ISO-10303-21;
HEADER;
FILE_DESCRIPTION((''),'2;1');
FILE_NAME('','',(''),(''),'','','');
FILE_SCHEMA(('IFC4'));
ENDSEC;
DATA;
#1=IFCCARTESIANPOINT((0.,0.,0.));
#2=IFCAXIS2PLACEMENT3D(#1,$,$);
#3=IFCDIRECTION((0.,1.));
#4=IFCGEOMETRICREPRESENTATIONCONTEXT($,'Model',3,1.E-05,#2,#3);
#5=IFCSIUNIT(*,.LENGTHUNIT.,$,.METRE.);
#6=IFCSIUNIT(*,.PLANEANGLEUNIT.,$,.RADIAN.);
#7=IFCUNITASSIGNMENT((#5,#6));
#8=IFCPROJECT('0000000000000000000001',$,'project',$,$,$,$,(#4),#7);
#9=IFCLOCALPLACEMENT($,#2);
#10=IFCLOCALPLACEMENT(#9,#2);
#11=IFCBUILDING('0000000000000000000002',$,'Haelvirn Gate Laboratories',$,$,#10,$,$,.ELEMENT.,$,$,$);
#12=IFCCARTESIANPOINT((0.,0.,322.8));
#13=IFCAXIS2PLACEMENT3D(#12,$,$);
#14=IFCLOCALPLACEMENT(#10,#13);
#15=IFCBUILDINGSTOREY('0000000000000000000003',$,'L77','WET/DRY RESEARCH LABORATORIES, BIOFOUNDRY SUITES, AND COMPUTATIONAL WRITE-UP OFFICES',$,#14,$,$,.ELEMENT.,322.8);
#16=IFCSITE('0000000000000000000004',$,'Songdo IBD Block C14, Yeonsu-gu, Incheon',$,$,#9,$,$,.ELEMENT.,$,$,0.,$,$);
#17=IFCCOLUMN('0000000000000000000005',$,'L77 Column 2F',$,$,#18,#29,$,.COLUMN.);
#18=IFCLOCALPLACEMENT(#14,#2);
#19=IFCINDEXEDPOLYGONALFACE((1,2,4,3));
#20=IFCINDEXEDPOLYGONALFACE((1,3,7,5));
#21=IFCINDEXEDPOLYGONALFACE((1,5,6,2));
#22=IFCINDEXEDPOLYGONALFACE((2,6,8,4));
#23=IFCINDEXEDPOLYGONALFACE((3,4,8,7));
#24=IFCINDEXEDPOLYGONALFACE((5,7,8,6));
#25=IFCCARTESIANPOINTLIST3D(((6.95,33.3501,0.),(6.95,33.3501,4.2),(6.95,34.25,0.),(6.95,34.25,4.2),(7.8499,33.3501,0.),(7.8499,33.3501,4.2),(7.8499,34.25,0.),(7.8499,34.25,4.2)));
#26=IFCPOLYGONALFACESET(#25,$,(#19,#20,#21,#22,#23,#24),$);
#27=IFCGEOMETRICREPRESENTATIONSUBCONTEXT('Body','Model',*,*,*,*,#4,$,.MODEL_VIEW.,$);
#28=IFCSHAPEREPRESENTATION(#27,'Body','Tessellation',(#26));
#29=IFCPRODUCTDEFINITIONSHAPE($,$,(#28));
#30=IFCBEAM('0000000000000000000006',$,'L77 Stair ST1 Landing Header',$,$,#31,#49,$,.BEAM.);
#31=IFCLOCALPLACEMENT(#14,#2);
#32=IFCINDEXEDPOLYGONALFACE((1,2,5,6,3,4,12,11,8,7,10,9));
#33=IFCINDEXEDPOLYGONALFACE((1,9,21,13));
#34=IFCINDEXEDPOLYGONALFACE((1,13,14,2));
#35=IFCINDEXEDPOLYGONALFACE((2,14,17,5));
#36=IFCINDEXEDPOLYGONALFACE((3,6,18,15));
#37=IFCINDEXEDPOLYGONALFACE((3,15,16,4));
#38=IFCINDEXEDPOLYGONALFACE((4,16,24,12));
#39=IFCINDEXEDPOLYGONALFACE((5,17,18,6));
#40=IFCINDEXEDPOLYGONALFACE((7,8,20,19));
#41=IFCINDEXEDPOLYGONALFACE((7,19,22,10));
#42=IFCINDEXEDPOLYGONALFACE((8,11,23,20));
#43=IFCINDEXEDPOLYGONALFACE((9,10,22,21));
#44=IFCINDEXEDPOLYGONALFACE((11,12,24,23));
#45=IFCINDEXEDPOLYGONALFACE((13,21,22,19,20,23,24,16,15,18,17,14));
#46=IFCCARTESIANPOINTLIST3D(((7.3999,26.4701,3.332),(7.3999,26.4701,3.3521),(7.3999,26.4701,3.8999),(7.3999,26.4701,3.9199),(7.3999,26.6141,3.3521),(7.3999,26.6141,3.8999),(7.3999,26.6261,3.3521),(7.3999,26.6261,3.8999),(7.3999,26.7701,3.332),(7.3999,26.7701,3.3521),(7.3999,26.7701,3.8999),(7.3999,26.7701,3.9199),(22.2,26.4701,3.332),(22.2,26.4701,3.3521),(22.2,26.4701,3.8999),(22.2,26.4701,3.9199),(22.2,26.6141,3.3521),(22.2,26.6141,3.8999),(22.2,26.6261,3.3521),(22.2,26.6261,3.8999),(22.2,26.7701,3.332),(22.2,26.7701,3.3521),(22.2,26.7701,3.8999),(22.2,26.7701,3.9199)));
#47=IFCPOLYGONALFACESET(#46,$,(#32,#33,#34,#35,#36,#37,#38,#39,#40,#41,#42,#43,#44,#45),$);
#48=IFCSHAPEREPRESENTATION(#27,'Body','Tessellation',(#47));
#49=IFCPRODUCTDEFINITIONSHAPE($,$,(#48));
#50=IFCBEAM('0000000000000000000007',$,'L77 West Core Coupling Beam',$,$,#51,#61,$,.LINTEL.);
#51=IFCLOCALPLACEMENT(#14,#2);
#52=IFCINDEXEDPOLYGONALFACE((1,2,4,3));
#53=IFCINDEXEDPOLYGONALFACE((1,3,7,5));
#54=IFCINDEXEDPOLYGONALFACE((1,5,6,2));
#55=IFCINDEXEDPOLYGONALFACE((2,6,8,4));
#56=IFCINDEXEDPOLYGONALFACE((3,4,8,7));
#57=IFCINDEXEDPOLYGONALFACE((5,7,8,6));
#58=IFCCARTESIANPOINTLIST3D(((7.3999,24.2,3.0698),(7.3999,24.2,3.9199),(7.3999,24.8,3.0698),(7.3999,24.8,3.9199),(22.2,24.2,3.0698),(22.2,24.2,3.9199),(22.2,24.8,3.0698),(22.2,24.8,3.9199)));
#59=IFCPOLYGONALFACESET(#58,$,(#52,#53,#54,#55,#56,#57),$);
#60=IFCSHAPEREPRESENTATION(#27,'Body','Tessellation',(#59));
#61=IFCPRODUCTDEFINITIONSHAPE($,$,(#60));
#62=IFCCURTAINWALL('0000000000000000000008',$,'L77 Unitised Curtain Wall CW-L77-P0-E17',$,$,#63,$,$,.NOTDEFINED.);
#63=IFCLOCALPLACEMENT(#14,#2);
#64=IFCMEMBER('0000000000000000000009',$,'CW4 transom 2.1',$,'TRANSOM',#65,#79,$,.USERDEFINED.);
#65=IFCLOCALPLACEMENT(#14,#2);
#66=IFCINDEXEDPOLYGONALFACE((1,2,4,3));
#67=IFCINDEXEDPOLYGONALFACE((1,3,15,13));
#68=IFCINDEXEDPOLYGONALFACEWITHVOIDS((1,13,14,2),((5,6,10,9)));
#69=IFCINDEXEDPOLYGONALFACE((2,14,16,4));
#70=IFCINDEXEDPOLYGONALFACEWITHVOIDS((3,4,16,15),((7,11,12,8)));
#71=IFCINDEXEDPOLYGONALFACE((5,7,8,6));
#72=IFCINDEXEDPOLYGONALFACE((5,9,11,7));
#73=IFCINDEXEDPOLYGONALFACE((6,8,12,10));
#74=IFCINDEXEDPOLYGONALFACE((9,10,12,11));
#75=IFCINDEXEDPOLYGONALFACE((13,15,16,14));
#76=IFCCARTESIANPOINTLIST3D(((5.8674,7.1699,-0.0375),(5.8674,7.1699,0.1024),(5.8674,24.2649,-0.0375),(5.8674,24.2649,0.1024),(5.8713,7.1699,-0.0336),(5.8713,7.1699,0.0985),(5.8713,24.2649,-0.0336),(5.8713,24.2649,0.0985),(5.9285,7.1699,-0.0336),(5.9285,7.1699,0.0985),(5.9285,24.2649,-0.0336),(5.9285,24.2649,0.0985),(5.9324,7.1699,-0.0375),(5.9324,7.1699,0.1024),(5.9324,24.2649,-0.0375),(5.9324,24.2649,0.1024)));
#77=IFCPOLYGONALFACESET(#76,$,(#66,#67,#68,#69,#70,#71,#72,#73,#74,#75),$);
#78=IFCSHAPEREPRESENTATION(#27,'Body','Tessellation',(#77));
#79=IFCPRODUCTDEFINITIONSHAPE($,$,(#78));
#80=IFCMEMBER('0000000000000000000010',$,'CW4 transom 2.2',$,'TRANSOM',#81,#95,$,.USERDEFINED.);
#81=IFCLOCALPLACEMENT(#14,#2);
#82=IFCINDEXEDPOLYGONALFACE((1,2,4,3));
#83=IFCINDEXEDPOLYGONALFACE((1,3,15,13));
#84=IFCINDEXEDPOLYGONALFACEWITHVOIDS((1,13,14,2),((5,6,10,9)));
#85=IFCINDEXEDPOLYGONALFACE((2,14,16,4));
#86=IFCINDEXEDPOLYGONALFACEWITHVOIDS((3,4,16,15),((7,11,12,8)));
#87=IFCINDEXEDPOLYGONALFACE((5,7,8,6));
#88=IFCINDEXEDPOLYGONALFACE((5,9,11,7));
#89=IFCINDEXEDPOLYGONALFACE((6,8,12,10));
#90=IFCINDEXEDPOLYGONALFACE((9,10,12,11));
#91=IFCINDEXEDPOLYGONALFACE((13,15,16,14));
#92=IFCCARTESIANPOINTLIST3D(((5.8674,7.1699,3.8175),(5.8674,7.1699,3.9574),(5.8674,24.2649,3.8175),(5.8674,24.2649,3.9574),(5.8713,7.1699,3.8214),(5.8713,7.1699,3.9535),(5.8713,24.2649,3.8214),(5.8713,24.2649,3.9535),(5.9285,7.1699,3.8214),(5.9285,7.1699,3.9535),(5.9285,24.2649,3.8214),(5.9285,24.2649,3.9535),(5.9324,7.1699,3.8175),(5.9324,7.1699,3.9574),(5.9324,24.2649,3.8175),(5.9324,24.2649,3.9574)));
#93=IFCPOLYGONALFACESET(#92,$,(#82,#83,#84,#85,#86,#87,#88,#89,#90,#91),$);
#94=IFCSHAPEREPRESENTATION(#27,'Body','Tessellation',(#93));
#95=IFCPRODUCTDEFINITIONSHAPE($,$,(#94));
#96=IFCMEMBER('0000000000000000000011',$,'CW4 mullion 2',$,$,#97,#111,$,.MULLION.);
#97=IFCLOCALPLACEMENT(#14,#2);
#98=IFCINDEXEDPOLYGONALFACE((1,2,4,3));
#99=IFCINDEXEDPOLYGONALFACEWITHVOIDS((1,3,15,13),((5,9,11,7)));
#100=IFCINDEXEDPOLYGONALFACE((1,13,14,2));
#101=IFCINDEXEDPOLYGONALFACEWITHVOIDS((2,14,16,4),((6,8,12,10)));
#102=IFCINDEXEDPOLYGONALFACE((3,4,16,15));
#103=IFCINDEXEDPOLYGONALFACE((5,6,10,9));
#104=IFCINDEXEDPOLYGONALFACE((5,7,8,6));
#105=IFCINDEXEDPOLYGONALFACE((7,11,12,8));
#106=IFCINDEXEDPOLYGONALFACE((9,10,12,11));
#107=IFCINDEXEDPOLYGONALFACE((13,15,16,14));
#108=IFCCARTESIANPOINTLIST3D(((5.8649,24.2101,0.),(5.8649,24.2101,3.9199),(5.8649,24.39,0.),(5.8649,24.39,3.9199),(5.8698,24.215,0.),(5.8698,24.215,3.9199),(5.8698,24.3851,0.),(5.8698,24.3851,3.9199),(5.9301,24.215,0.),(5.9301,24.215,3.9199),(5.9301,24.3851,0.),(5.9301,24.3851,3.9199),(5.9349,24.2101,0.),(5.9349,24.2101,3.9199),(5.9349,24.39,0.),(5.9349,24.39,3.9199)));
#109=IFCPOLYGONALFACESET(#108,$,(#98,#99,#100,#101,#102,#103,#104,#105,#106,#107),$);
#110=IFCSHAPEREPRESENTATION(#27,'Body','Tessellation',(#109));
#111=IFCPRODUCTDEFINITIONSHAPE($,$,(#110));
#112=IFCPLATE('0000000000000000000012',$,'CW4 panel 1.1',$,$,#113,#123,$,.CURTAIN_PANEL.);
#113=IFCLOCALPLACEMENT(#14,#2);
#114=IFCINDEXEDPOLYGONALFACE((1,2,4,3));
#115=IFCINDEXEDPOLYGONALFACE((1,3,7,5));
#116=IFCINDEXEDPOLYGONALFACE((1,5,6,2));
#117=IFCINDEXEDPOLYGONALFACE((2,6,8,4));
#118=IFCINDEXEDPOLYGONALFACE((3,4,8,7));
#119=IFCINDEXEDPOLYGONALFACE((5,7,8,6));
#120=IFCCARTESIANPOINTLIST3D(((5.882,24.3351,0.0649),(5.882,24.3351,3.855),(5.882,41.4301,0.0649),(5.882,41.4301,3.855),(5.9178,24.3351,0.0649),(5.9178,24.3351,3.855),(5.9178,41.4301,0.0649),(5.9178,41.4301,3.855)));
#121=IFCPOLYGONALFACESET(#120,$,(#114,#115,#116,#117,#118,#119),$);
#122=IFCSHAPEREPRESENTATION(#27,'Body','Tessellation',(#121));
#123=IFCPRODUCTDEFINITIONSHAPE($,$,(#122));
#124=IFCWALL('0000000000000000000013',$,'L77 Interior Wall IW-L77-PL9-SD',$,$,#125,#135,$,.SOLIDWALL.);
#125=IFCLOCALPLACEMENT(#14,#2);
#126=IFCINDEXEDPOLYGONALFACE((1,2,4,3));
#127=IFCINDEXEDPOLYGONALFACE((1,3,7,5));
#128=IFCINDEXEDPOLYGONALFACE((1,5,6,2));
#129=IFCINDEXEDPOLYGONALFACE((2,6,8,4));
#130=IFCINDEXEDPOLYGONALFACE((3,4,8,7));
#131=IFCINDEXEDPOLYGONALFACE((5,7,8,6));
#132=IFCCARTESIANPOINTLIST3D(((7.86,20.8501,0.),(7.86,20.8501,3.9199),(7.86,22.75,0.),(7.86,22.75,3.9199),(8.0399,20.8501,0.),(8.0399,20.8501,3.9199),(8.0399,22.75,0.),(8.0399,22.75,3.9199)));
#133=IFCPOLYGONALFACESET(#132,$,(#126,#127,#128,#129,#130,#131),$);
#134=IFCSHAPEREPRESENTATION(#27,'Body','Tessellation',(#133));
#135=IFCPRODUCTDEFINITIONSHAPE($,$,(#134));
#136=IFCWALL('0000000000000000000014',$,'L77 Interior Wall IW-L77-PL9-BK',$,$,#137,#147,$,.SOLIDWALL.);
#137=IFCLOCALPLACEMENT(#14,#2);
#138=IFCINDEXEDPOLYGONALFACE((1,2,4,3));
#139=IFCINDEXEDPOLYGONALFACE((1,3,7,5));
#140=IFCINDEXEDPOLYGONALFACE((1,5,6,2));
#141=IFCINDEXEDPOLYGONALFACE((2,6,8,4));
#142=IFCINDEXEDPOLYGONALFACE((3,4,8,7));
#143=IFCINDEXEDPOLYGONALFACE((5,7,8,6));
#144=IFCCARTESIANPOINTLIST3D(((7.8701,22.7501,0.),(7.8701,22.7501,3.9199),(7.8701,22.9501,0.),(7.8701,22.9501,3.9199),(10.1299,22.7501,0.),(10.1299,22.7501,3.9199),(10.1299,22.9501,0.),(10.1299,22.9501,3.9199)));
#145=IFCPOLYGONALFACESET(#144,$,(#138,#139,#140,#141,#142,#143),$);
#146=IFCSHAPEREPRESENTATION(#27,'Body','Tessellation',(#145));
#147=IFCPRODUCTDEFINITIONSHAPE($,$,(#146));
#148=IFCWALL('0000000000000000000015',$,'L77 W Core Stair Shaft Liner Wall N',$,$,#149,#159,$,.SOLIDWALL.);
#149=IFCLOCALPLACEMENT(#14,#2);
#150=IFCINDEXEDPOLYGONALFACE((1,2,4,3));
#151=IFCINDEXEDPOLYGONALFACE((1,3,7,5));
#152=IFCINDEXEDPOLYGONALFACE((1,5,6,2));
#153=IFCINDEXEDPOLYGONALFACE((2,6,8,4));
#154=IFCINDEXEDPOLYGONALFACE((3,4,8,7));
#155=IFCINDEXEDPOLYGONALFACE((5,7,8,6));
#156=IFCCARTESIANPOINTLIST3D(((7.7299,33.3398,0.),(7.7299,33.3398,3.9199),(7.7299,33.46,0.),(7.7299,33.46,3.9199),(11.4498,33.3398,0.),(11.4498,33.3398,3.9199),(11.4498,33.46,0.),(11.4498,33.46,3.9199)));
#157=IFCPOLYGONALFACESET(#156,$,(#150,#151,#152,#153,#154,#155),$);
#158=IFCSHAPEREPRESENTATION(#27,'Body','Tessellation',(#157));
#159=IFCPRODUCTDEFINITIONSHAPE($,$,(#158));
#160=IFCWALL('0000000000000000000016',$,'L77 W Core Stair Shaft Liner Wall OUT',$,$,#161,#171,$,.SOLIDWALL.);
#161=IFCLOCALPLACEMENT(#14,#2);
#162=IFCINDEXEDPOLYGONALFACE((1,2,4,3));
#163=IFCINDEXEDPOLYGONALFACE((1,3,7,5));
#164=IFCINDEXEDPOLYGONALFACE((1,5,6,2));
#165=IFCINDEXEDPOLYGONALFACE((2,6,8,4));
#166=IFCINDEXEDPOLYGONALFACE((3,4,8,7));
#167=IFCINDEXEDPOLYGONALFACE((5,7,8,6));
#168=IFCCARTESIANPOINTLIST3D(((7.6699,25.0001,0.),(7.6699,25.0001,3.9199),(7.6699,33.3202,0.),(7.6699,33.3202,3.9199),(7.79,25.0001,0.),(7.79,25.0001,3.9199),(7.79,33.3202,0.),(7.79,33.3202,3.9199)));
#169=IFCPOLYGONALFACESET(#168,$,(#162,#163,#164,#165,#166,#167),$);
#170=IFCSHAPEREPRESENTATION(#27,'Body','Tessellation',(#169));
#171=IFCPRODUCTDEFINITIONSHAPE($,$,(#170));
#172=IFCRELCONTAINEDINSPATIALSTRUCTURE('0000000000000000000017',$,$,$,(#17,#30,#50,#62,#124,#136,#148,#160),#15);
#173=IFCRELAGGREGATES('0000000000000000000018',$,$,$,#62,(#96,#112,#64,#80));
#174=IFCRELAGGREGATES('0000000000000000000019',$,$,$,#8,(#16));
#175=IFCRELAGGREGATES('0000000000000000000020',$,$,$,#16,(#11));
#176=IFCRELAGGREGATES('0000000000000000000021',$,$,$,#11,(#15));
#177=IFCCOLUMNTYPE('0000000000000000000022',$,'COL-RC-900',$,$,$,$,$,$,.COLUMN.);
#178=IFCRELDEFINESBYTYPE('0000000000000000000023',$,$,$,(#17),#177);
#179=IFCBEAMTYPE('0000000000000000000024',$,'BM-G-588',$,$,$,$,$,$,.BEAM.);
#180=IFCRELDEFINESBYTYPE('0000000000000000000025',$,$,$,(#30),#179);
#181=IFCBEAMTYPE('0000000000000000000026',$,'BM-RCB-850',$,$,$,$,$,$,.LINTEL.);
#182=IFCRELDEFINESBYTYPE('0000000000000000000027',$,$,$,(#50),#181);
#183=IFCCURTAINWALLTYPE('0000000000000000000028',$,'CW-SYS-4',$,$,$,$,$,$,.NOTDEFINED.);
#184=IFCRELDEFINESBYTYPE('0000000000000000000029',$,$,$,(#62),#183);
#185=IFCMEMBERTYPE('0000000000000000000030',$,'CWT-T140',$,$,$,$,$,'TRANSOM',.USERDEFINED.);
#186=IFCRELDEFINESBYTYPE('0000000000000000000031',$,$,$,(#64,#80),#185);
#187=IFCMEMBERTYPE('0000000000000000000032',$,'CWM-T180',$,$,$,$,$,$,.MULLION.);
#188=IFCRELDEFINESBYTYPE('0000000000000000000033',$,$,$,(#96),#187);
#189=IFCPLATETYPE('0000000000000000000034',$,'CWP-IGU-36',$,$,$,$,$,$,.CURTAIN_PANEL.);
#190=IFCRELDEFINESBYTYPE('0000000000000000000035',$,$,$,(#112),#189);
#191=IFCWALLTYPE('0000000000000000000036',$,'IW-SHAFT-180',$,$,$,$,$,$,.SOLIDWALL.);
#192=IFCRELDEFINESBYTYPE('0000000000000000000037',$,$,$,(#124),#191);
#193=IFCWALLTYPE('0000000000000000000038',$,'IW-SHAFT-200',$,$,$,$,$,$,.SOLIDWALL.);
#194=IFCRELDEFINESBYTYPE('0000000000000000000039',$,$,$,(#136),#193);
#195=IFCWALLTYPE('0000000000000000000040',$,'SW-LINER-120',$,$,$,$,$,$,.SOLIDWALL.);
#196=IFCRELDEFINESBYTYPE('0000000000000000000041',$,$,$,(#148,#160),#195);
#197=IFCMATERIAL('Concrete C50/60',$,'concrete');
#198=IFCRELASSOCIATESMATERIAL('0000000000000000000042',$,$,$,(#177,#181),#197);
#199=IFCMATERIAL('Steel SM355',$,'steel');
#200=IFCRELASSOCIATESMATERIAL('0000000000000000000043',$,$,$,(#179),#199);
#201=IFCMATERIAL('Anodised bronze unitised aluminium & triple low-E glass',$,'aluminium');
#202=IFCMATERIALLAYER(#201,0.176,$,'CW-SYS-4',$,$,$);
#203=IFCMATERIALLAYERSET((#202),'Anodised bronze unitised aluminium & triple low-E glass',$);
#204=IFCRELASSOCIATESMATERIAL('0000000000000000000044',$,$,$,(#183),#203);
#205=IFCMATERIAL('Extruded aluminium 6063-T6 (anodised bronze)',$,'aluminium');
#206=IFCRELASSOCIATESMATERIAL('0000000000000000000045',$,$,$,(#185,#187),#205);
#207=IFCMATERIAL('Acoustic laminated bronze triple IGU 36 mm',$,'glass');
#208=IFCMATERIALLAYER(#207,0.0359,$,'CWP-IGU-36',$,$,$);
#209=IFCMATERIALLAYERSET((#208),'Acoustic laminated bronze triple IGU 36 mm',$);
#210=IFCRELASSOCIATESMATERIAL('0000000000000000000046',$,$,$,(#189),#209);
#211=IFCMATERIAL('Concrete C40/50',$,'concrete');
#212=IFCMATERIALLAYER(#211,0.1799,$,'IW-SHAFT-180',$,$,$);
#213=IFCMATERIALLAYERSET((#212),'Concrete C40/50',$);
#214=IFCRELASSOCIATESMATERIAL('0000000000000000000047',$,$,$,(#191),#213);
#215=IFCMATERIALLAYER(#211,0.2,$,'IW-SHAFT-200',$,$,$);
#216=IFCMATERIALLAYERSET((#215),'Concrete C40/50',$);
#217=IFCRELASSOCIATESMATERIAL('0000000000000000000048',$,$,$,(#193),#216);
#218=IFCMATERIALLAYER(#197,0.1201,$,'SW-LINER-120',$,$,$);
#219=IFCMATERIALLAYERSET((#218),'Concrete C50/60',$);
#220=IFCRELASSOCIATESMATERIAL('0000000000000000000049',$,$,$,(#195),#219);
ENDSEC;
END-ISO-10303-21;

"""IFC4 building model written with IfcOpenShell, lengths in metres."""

from ifc_helpers import new_model, si_unit, direction, frame, frame_2d, origin, origin_2d, place, context, subcontext, project, spatial, rectangle, hollow_rectangle, i_section, extrude, source, transform, mapped, material, layer, layer_set, material_profile, profile_set, type_object, type_shapes, element, aggregate, save


model = new_model("IFC4")

# Units and contexts
model_context = context("Model", 3, precision=1e-05, world=origin(), true_north=direction((0.0, 1.0)))
body_context = subcontext(model_context, "Body", "Model", "MODEL_VIEW")
ifc_project = project(units=[si_unit("LENGTHUNIT", "METRE"), si_unit("PLANEANGLEUNIT", "RADIAN")], contexts=[model_context])

# Site, building, storey
site_placement = place(None, origin())
site = spatial("IfcSite", under=ifc_project, at=site_placement, Name="Songdo IBD Block C14, Yeonsu-gu, Incheon", CompositionType="ELEMENT", RefElevation=0.0)
building_placement = place(site_placement, origin())
building = spatial("IfcBuilding", under=site, at=building_placement, Name="Haelvirn Gate Laboratories", CompositionType="ELEMENT")
storey_placement = place(building_placement, frame((0.0, 0.0, 322.8)))
storey = spatial("IfcBuildingStorey", under=building, at=storey_placement, Name="L77", Description="WET/DRY RESEARCH LABORATORIES, BIOFOUNDRY SUITES, AND COMPUTATIONAL WRITE-UP OFFICES", CompositionType="ELEMENT", Elevation=322.8)

# Column
ifc_material_1 = material(Name="Concrete C50/60", Category="concrete")
ifc_material_profile_1 = material_profile(ifc_material_1, rectangle(XDim=0.8999, YDim=0.8999, at=origin_2d()), Name="RC-900x900")
ifc_profile_set_1 = profile_set([ifc_material_profile_1], Name="Concrete C50/60")
column_type = type_object("IfcColumnType", Name="COL-RC-900", PredefinedType="COLUMN", material=ifc_profile_set_1)
shared_shape_1 = source(origin(), body_context, "Body", "SweptSolid", [
    extrude(rectangle(XDim=0.8999, YDim=0.8999, at=origin_2d()), origin(), (0.0, 0.0, 1.0), 4.2),
])
type_shapes(column_type, [shared_shape_1])
column_placement = place(storey_placement, frame((7.3999, 33.8, 0.0), z_axis=(0.0, 0.0, 1.0), x_axis=(1.0, 0.0, 0.0)))
element("IfcColumn", 1, at=column_placement, inside=storey, type_object=column_type, Name="L77 Column 2F", PredefinedType="COLUMN", context=body_context, shape_type="MappedRepresentation", body=[
    mapped(shared_shape_1, transform((0.0, 0.0, 0.0), scale=1.0)),
])

# Beams
ifc_material_2 = material(Name="Steel SM355", Category="steel")
ifc_material_profile_2 = material_profile(ifc_material_2, i_section(OverallWidth=0.3, OverallDepth=0.5879, WebThickness=0.012, FlangeThickness=0.02, at=origin_2d()), Name="H-588x300x12x20")
ifc_profile_set_2 = profile_set([ifc_material_profile_2], Name="Steel SM355")
beam_type_1 = type_object("IfcBeamType", Name="BM-G-588", PredefinedType="BEAM", material=ifc_profile_set_2)
shared_shape_2 = source(origin(), body_context, "Body", "SweptSolid", [
    extrude(i_section(OverallWidth=0.3, OverallDepth=0.5879, WebThickness=0.012, FlangeThickness=0.02, at=origin_2d()), origin(), (0.0, 0.0, 1.0), 14.8),
])
type_shapes(beam_type_1, [shared_shape_2])
beam_1_placement = place(storey_placement, frame((7.3999, 26.6201, 3.626), z_axis=(1.0, 0.0, 0.0), x_axis=(0.0, 1.0, 0.0)))
element("IfcBeam", 2, at=beam_1_placement, inside=storey, type_object=beam_type_1, Name="L77 Stair ST1 Landing Header", PredefinedType="BEAM", context=body_context, shape_type="MappedRepresentation", body=[
    mapped(shared_shape_2, transform((0.0, 0.0, 0.0), scale=1.0)),
])
ifc_material_profile_3 = material_profile(ifc_material_1, rectangle(XDim=0.6001, YDim=0.8501, at=origin_2d()), Name="RCB-600x850")
ifc_profile_set_3 = profile_set([ifc_material_profile_3], Name="Concrete C50/60")
beam_type_2 = type_object("IfcBeamType", Name="BM-RCB-850", PredefinedType="LINTEL", material=ifc_profile_set_3)
shared_shape_3 = source(origin(), body_context, "Body", "SweptSolid", [
    extrude(rectangle(XDim=0.6001, YDim=0.8501, at=origin_2d()), origin(), (0.0, 0.0, 1.0), 14.8),
])
type_shapes(beam_type_2, [shared_shape_3])
beam_2_placement = place(storey_placement, frame((7.3999, 24.5, 3.4949), z_axis=(1.0, 0.0, 0.0), x_axis=(0.0, 1.0, 0.0)))
element("IfcBeam", 3, at=beam_2_placement, inside=storey, type_object=beam_type_2, Name="L77 West Core Coupling Beam", PredefinedType="LINTEL", context=body_context, shape_type="MappedRepresentation", body=[
    mapped(shared_shape_3, transform((0.0, 0.0, 0.0), scale=1.0)),
])

# Curtain wall, members, plate
ifc_material_3 = material(Name="Anodised bronze unitised aluminium & triple low-E glass", Category="aluminium")
ifc_layer_1 = layer(ifc_material_3, 0.176, Name="CW-SYS-4")
ifc_layer_set_1 = layer_set([ifc_layer_1], Name="Anodised bronze unitised aluminium & triple low-E glass")
curtain_wall_type = type_object("IfcCurtainWallType", Name="CW-SYS-4", PredefinedType="NOTDEFINED", material=ifc_layer_set_1)
curtain_wall_placement = place(storey_placement, origin())
curtain_wall = element("IfcCurtainWall", 4, at=curtain_wall_placement, inside=storey, type_object=curtain_wall_type, Name="L77 Unitised Curtain Wall CW-L77-P0-E17", PredefinedType="NOTDEFINED")
ifc_material_4 = material(Name="Extruded aluminium 6063-T6 (anodised bronze)", Category="aluminium")
ifc_material_profile_4 = material_profile(ifc_material_4, hollow_rectangle(XDim=0.0649, YDim=0.1399, WallThickness=0.0039, at=origin_2d()), Name="CWT-140x65x4")
ifc_profile_set_4 = profile_set([ifc_material_profile_4], Name="Extruded aluminium 6063-T6 (anodised bronze)")
member_type_1 = type_object("IfcMemberType", Name="CWT-T140", ElementType="TRANSOM", PredefinedType="USERDEFINED", material=ifc_profile_set_4)
shared_shape_4 = source(origin(), body_context, "Body", "SweptSolid", [
    extrude(hollow_rectangle(XDim=0.0649, YDim=0.1399, WallThickness=0.0039, at=origin_2d()), origin(), (0.0, 0.0, 1.0), 17.095),
])
type_shapes(member_type_1, [shared_shape_4])
member_1_placement = place(storey_placement, frame((5.8999, 24.2649, 0.0325), z_axis=(0.0, -1.0, 0.0), x_axis=(1.0, 0.0, 0.0)))
member_1 = element("IfcMember", 5, at=member_1_placement, type_object=member_type_1, Name="CW4 transom 2.1", ObjectType="TRANSOM", PredefinedType="USERDEFINED", context=body_context, shape_type="MappedRepresentation", body=[
    mapped(shared_shape_4, transform((0.0, 0.0, 0.0), scale=1.0)),
])
member_2_placement = place(storey_placement, frame((5.8999, 24.2649, 3.8875), z_axis=(0.0, -1.0, 0.0), x_axis=(1.0, 0.0, 0.0)))
member_2 = element("IfcMember", 6, at=member_2_placement, type_object=member_type_1, Name="CW4 transom 2.2", ObjectType="TRANSOM", PredefinedType="USERDEFINED", context=body_context, shape_type="MappedRepresentation", body=[
    mapped(shared_shape_4, transform((0.0, 0.0, 0.0), scale=1.0)),
])
ifc_material_profile_5 = material_profile(ifc_material_4, hollow_rectangle(XDim=0.0701, YDim=0.1799, WallThickness=0.0049, at=origin_2d()), Name="CWM-180x70x5")
ifc_profile_set_5 = profile_set([ifc_material_profile_5], Name="Extruded aluminium 6063-T6 (anodised bronze)")
member_type_2 = type_object("IfcMemberType", Name="CWM-T180", PredefinedType="MULLION", material=ifc_profile_set_5)
shared_shape_5 = source(origin(), body_context, "Body", "SweptSolid", [
    extrude(hollow_rectangle(XDim=0.0701, YDim=0.1799, WallThickness=0.0049, at=origin_2d()), origin(), (0.0, 0.0, 1.0), 3.9199),
])
type_shapes(member_type_2, [shared_shape_5])
member_3_placement = place(storey_placement, frame((5.8999, 24.3, 0.0), z_axis=(0.0, 0.0, 1.0), x_axis=(1.0, 0.0, 0.0)))
member_3 = element("IfcMember", 7, at=member_3_placement, type_object=member_type_2, Name="CW4 mullion 2", PredefinedType="MULLION", context=body_context, shape_type="MappedRepresentation", body=[
    mapped(shared_shape_5, transform((0.0, 0.0, 0.0), scale=1.0)),
])
ifc_material_5 = material(Name="Acoustic laminated bronze triple IGU 36 mm", Category="glass")
ifc_layer_2 = layer(ifc_material_5, 0.0359, Name="CWP-IGU-36")
ifc_layer_set_2 = layer_set([ifc_layer_2], Name="Acoustic laminated bronze triple IGU 36 mm")
plate_type = type_object("IfcPlateType", Name="CWP-IGU-36", PredefinedType="CURTAIN_PANEL", material=ifc_layer_set_2)
shared_shape_6 = source(origin(), body_context, "Body", "SweptSolid", [
    extrude(rectangle(XDim=17.095, YDim=0.0359, at=origin_2d()), origin(), (0.0, 0.0, 1.0), 3.79),
])
type_shapes(plate_type, [shared_shape_6])
plate_placement = place(storey_placement, frame((5.8999, 32.8826, 0.0649), z_axis=(0.0, 0.0, 1.0), x_axis=(0.0, -1.0, 0.0)))
plate = element("IfcPlate", 8, at=plate_placement, type_object=plate_type, Name="CW4 panel 1.1", PredefinedType="CURTAIN_PANEL", context=body_context, shape_type="MappedRepresentation", body=[
    mapped(shared_shape_6, transform((0.0, 0.0, 0.0), scale=1.0)),
])
aggregate(curtain_wall, [member_3, plate, member_1, member_2])

# Walls
ifc_material_6 = material(Name="Concrete C40/50", Category="concrete")
ifc_layer_3 = layer(ifc_material_6, 0.1799, Name="IW-SHAFT-180")
ifc_layer_set_3 = layer_set([ifc_layer_3], Name="Concrete C40/50")
wall_type_1 = type_object("IfcWallType", Name="IW-SHAFT-180", PredefinedType="SOLIDWALL", material=ifc_layer_set_3)
wall_1_placement = place(storey_placement, frame((7.95, 20.8501, 0.0), z_axis=(0.0, 0.0, 1.0), x_axis=(0.0, 1.0, 0.0)))
element("IfcWall", 9, at=wall_1_placement, inside=storey, type_object=wall_type_1, Name="L77 Interior Wall IW-L77-PL9-SD", PredefinedType="SOLIDWALL", context=body_context, shape_type="SweptSolid", body=[
    extrude(rectangle(XDim=1.8999, YDim=0.1799, at=frame_2d((0.95, 0.0))), origin(), (0.0, 0.0, 1.0), 3.9199),
])
ifc_layer_4 = layer(ifc_material_6, 0.2, Name="IW-SHAFT-200")
ifc_layer_set_4 = layer_set([ifc_layer_4], Name="Concrete C40/50")
wall_type_2 = type_object("IfcWallType", Name="IW-SHAFT-200", PredefinedType="SOLIDWALL", material=ifc_layer_set_4)
wall_2_placement = place(storey_placement, frame((7.8701, 22.8501, 0.0), z_axis=(0.0, 0.0, 1.0), x_axis=(1.0, 0.0, 0.0)))
element("IfcWall", 10, at=wall_2_placement, inside=storey, type_object=wall_type_2, Name="L77 Interior Wall IW-L77-PL9-BK", PredefinedType="SOLIDWALL", context=body_context, shape_type="SweptSolid", body=[
    extrude(rectangle(XDim=2.2598, YDim=0.2, at=frame_2d((1.1299, 0.0))), origin(), (0.0, 0.0, 1.0), 3.9199),
])

# Walls
ifc_layer_5 = layer(ifc_material_1, 0.1201, Name="SW-LINER-120")
ifc_layer_set_5 = layer_set([ifc_layer_5], Name="Concrete C50/60")
wall_type_3 = type_object("IfcWallType", Name="SW-LINER-120", PredefinedType="SOLIDWALL", material=ifc_layer_set_5)
wall_3_placement = place(storey_placement, frame((7.73, 33.3999, 0.0), z_axis=(0.0, 0.0, 1.0), x_axis=(1.0, 0.0, 0.0)))
element("IfcWall", 11, at=wall_3_placement, inside=storey, type_object=wall_type_3, Name="L77 W Core Stair Shaft Liner Wall N", PredefinedType="SOLIDWALL", context=body_context, shape_type="SweptSolid", body=[
    extrude(rectangle(XDim=3.72, YDim=0.1201, at=frame_2d((1.8599, 0.0))), origin(), (0.0, 0.0, 1.0), 3.9199),
])
wall_4_placement = place(storey_placement, frame((7.73, 25.0, 0.0), z_axis=(0.0, 0.0, 1.0), x_axis=(0.0, 1.0, 0.0)))
element("IfcWall", 12, at=wall_4_placement, inside=storey, type_object=wall_type_3, Name="L77 W Core Stair Shaft Liner Wall OUT", PredefinedType="SOLIDWALL", context=body_context, shape_type="SweptSolid", body=[
    extrude(rectangle(XDim=8.3201, YDim=0.1201, at=frame_2d((4.1602, 0.0))), origin(), (0.0, 0.0, 1.0), 3.9199),
])

save(model, "model.ifc")
